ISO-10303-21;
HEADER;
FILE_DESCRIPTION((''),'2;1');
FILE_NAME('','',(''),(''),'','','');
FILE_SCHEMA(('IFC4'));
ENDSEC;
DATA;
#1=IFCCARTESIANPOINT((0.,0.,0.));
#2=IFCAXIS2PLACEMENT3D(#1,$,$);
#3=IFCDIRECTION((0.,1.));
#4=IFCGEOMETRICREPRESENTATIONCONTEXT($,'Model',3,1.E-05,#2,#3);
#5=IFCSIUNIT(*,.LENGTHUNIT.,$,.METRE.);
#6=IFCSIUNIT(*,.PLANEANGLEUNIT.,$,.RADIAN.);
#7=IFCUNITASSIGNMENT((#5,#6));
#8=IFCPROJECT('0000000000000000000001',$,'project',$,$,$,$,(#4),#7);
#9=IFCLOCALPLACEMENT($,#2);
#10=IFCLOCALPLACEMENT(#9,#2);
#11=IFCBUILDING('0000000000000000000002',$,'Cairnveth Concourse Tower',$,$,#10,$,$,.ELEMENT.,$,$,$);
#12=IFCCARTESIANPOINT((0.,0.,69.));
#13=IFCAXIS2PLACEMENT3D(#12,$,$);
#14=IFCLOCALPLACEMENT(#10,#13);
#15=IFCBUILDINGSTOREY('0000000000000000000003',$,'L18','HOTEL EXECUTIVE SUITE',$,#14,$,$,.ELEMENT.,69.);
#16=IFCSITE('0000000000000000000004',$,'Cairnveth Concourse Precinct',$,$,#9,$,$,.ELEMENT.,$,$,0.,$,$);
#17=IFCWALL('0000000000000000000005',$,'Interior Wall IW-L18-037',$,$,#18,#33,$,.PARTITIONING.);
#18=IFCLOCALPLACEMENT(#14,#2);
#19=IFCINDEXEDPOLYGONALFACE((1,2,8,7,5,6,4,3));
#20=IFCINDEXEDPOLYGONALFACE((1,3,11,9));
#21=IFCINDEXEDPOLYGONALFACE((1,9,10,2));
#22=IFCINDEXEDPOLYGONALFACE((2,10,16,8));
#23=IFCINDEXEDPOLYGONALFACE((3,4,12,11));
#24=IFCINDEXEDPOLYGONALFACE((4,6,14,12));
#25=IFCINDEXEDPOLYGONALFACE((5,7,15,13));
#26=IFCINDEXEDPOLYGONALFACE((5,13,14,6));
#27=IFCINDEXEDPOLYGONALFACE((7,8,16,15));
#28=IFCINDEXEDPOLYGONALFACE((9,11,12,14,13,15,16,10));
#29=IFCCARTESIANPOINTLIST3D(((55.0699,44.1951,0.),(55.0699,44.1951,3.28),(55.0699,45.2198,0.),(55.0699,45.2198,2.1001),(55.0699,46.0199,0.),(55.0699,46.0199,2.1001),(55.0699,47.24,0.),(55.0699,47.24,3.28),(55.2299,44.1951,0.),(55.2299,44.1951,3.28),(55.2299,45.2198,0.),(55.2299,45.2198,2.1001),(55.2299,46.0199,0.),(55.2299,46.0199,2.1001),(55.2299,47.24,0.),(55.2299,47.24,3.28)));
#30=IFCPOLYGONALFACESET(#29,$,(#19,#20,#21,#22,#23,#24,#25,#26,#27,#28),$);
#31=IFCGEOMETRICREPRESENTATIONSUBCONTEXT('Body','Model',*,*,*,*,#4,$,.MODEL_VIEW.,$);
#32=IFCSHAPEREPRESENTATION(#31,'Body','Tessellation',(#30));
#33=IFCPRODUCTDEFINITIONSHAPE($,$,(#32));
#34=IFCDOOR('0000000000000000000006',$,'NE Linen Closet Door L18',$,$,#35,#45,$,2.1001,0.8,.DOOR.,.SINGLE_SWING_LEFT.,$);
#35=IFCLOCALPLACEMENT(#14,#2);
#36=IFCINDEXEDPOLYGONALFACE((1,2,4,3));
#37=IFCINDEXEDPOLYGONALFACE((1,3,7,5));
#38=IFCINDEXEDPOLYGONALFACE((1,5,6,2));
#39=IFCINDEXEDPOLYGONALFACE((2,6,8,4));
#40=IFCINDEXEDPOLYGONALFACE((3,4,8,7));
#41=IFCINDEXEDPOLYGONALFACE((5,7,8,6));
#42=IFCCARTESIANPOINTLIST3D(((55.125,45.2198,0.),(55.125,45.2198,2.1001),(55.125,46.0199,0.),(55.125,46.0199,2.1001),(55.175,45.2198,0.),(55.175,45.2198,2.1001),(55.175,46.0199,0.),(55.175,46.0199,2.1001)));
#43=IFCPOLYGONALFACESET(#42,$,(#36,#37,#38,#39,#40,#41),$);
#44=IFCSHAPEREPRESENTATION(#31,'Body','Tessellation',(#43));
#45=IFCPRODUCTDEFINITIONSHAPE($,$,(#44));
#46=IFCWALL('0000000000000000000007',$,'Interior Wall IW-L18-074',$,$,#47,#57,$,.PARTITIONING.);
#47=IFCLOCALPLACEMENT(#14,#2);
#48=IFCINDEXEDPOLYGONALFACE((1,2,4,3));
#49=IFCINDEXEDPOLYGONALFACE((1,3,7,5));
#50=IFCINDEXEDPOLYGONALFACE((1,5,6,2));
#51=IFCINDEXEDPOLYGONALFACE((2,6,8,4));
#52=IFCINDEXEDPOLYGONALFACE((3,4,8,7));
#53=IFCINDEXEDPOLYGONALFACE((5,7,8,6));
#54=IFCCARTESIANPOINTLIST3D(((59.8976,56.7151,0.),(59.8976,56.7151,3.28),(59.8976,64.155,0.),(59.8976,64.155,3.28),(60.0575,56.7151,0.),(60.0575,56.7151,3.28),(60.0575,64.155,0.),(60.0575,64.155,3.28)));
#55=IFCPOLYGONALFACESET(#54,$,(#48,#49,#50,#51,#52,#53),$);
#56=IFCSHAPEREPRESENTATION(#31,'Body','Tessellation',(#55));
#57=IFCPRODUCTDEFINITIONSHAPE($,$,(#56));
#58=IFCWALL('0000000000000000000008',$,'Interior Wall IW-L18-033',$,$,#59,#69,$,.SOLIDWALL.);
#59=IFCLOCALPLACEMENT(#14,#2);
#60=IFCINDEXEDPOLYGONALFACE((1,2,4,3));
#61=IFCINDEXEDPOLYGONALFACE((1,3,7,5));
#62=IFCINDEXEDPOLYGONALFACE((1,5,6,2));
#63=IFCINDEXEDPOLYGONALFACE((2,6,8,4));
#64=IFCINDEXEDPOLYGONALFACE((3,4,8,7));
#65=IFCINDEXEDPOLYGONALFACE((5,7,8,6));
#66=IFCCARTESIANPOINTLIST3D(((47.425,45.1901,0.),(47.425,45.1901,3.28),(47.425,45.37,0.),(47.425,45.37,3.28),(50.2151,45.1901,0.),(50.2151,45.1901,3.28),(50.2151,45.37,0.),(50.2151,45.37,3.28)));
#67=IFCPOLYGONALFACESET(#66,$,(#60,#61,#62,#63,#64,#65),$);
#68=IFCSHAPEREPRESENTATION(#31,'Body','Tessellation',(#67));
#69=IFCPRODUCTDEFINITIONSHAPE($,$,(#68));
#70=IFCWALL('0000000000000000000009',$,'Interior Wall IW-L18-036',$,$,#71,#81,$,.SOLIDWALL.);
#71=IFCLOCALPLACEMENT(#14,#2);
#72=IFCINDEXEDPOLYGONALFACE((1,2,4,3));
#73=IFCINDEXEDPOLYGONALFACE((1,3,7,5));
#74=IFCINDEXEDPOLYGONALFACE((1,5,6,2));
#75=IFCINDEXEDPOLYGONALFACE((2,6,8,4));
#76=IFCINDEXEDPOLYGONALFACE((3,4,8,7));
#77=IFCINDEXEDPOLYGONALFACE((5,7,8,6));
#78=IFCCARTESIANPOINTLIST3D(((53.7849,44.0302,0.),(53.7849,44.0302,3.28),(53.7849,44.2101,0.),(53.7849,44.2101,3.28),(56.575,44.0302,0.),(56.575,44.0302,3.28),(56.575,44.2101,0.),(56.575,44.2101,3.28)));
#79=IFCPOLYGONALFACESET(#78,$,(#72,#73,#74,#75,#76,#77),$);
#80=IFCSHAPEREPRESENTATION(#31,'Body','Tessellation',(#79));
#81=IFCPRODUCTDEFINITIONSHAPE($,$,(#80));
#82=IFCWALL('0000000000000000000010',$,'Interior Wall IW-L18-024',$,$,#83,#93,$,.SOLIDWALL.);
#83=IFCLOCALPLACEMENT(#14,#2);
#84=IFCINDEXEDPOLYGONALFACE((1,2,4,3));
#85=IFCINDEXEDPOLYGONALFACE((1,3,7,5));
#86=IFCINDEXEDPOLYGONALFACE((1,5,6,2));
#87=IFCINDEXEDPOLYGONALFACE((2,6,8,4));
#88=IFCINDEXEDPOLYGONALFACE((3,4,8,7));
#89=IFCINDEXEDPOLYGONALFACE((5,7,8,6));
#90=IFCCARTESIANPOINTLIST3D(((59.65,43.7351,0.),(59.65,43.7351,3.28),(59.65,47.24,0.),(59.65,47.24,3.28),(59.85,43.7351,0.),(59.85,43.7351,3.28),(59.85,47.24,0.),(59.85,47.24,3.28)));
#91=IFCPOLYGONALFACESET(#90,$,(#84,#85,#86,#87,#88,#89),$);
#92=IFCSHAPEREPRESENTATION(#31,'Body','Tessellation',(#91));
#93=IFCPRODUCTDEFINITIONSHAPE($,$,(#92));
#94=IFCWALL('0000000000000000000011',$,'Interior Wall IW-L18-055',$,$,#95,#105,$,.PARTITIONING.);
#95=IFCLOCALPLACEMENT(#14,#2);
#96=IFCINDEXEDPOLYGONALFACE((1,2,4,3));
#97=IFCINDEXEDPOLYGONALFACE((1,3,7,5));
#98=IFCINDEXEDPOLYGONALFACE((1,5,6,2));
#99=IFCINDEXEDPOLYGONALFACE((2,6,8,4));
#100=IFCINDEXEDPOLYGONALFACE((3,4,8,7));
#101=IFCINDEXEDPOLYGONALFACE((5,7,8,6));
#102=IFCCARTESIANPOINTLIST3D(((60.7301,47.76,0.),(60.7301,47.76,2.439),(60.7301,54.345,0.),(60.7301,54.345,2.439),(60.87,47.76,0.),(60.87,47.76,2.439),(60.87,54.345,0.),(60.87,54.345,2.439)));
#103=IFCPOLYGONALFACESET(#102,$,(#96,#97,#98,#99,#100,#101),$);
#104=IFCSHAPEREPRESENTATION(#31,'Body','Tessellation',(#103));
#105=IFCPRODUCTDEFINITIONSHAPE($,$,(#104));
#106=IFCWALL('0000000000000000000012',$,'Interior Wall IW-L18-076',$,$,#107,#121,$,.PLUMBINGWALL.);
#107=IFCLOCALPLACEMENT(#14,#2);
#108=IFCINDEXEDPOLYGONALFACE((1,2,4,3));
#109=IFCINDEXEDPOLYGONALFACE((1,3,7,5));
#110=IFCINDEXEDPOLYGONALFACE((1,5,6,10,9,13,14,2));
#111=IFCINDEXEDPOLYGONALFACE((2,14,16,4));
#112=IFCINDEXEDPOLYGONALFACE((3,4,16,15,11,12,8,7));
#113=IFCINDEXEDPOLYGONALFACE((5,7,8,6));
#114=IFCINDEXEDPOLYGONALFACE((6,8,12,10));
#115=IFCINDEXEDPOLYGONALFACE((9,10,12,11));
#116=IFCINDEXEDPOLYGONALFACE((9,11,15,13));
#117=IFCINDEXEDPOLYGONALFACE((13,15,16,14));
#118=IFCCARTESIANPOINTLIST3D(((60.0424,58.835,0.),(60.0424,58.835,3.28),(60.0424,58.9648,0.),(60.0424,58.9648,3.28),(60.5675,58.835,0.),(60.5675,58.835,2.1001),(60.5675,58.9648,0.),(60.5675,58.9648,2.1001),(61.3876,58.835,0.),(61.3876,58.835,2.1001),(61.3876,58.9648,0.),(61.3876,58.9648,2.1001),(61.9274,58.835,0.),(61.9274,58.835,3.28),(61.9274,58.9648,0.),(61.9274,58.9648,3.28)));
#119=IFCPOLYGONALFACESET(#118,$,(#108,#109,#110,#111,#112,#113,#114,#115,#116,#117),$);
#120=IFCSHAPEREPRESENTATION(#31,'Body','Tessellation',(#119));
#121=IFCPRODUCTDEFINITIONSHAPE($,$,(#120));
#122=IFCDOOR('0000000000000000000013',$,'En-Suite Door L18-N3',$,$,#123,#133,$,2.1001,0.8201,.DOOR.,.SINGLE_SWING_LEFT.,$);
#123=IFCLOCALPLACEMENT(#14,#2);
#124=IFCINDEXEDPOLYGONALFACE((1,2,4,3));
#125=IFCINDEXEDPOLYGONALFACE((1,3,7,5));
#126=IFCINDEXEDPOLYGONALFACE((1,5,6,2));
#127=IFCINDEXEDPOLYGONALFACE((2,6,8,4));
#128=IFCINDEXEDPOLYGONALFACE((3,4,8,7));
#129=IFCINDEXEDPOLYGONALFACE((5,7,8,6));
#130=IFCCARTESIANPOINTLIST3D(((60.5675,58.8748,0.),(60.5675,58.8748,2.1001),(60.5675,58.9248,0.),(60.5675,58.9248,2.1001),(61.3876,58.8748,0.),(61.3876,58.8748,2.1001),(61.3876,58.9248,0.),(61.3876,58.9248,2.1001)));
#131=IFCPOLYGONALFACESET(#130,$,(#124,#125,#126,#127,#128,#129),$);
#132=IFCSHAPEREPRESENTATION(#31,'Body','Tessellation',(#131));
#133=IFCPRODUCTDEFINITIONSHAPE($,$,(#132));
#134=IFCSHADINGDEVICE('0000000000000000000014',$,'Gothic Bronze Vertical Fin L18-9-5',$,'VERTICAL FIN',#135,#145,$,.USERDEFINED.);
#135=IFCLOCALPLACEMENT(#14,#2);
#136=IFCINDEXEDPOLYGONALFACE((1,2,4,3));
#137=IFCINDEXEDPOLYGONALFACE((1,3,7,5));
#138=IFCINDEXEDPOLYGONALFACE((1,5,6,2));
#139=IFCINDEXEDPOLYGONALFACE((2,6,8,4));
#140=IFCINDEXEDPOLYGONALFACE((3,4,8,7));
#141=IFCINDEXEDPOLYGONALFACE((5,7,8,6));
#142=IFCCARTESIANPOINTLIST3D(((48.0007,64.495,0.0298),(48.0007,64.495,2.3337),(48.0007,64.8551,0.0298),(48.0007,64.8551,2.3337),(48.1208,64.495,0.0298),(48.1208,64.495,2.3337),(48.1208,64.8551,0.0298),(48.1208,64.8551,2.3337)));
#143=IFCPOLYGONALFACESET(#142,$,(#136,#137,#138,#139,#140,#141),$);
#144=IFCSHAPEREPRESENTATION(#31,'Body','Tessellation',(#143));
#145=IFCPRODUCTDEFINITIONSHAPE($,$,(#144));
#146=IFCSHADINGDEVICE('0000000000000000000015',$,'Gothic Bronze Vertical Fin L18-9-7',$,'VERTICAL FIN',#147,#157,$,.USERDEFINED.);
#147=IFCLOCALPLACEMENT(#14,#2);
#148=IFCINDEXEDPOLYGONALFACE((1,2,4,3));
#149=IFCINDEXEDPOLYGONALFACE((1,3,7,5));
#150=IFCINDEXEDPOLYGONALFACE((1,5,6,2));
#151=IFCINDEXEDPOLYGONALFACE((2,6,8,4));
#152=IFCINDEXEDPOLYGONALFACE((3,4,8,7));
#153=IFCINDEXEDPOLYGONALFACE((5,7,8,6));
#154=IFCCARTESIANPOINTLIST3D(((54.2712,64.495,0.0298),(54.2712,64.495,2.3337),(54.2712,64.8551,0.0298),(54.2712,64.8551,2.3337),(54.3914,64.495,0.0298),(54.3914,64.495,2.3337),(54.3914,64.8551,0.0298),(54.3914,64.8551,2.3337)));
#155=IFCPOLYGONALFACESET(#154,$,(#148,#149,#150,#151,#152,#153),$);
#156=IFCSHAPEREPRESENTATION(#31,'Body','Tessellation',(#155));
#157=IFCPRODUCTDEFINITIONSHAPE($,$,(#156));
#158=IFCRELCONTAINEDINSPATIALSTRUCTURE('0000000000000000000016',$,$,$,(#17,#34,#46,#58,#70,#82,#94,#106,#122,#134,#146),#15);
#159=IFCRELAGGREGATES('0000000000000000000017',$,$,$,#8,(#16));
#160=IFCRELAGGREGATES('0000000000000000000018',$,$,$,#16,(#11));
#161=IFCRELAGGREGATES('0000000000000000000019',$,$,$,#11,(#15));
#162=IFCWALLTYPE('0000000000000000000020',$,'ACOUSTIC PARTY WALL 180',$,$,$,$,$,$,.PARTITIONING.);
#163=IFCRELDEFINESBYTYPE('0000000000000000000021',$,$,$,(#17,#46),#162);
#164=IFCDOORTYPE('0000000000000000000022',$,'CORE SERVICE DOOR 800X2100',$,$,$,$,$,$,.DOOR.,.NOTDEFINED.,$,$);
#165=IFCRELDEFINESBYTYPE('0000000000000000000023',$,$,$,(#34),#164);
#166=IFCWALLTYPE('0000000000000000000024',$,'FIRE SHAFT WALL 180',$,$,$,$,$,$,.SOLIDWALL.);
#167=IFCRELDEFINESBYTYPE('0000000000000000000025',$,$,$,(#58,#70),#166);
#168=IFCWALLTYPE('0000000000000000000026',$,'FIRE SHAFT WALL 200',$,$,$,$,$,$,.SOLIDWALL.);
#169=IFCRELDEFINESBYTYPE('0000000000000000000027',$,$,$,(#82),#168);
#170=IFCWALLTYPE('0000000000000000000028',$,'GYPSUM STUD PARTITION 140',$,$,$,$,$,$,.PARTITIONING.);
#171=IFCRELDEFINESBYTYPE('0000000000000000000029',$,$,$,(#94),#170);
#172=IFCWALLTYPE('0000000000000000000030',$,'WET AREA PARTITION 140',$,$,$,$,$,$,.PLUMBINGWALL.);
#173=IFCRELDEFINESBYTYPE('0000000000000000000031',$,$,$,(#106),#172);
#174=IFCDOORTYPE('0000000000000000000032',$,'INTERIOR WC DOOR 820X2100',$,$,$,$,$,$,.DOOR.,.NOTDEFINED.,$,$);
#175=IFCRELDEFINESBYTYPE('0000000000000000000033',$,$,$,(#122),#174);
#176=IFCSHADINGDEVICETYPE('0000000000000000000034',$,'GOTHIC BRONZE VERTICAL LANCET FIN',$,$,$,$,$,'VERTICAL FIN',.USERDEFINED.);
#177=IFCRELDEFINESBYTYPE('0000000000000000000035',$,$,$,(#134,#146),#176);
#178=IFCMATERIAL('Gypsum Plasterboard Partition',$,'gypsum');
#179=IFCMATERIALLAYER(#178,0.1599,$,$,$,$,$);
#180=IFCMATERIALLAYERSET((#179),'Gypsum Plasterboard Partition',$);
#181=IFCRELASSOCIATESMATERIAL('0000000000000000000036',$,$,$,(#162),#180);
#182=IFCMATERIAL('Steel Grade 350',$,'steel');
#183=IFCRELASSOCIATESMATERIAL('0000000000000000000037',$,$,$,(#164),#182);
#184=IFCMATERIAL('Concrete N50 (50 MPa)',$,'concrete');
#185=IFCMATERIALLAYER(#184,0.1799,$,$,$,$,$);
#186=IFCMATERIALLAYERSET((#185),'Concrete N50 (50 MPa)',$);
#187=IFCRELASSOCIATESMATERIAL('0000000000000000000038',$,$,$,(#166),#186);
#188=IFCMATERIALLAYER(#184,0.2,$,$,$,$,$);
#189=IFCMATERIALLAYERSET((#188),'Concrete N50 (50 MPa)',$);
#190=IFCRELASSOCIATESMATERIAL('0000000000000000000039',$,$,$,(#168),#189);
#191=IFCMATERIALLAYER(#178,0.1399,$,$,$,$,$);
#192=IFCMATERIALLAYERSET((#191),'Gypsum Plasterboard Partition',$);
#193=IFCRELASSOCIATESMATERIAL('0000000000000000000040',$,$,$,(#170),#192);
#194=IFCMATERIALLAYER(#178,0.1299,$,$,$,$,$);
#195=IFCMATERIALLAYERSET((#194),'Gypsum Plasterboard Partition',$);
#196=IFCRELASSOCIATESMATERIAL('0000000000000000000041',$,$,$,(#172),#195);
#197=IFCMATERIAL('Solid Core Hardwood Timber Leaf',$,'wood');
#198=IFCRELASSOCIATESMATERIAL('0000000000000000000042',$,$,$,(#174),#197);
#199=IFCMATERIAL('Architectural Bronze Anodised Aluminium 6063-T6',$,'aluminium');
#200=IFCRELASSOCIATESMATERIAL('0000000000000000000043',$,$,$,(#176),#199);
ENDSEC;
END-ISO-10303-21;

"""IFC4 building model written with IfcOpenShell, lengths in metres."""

from ifc_helpers import new_model, si_unit, direction, frame, frame_2d, origin, origin_2d, place, context, subcontext, project, spatial, rectangle, extrude, material, layer, layer_set, type_object, element, fill, save


model = new_model("IFC4")

# Units and contexts
model_context = context("Model", 3, precision=1e-05, world=origin(), true_north=direction((0.0, 1.0)))
body_context = subcontext(model_context, "Body", "Model", "MODEL_VIEW")
ifc_project = project(units=[si_unit("LENGTHUNIT", "METRE"), si_unit("PLANEANGLEUNIT", "RADIAN")], contexts=[model_context])

# Site, building, storey
site_placement = place(None, origin())
site = spatial("IfcSite", under=ifc_project, at=site_placement, Name="Cairnveth Concourse Precinct", CompositionType="ELEMENT", RefElevation=0.0)
building_placement = place(site_placement, origin())
building = spatial("IfcBuilding", under=site, at=building_placement, Name="Cairnveth Concourse Tower", CompositionType="ELEMENT")
storey_placement = place(building_placement, frame((0.0, 0.0, 69.0)))
storey = spatial("IfcBuildingStorey", under=building, at=storey_placement, Name="L18", Description="HOTEL EXECUTIVE SUITE", CompositionType="ELEMENT", Elevation=69.0)

# Shared definitions
ifc_material_1 = material(Name="Steel Grade 350", Category="steel")

# Wall, opening, door
ifc_material_2 = material(Name="Gypsum Plasterboard Partition", Category="gypsum")
ifc_layer_1 = layer(ifc_material_2, 0.1599)
ifc_layer_set_1 = layer_set([ifc_layer_1], Name="Gypsum Plasterboard Partition")
wall_type_1 = type_object("IfcWallType", Name="ACOUSTIC PARTY WALL 180", PredefinedType="PARTITIONING", material=ifc_layer_set_1)
wall_1_placement = place(storey_placement, frame((55.1499, 44.1951, 0.0), z_axis=(0.0, 0.0, 1.0), x_axis=(0.0, 1.0, 0.0)))
wall_1 = element("IfcWall", 1, at=wall_1_placement, inside=storey, type_object=wall_type_1, Name="Interior Wall IW-L18-037", PredefinedType="PARTITIONING", context=body_context, shape_type="SweptSolid", body=[
    extrude(rectangle(XDim=3.0449, YDim=0.1599, at=frame_2d((1.5225, 0.0))), origin(), (0.0, 0.0, 1.0), 3.28),
])
opening_1_placement = place(wall_1_placement, frame((1.0249, 0.0, 0.0)))
opening_1 = element("IfcOpeningElement", 2, at=opening_1_placement, cuts=wall_1, PredefinedType="OPENING", context=body_context, shape_type="SweptSolid", body=[
    extrude(rectangle(XDim=0.8, YDim=2.1001, at=frame_2d((0.3999, 1.05))), frame((0.0, 0.0898, 0.0), z_axis=(0.0, -1.0, 0.0), x_axis=(1.0, 0.0, 0.0)), (0.0, 0.0, 1.0), 0.1799),
])
door_type_1 = type_object("IfcDoorType", Name="CORE SERVICE DOOR 800X2100", OperationType="NOTDEFINED", PredefinedType="DOOR", material=ifc_material_1)
door_1_placement = place(opening_1_placement, origin())
door_1 = element("IfcDoor", 3, at=door_1_placement, inside=storey, type_object=door_type_1, Name="NE Linen Closet Door L18", OperationType="SINGLE_SWING_LEFT", OverallHeight=2.1001, OverallWidth=0.8, PredefinedType="DOOR", context=body_context, shape_type="SweptSolid", body=[
    extrude(rectangle(XDim=0.8, YDim=2.1001, at=frame_2d((0.3999, 1.05))), frame((0.0, 0.0249, 0.0), z_axis=(0.0, -1.0, 0.0), x_axis=(1.0, 0.0, 0.0)), (0.0, 0.0, 1.0), 0.05),
])
fill(opening_1, door_1)

# Walls
wall_2_placement = place(storey_placement, frame((59.9775, 56.7151, 0.0), z_axis=(0.0, 0.0, 1.0), x_axis=(0.0, 1.0, 0.0)))
element("IfcWall", 4, at=wall_2_placement, inside=storey, type_object=wall_type_1, Name="Interior Wall IW-L18-074", PredefinedType="PARTITIONING", context=body_context, shape_type="SweptSolid", body=[
    extrude(rectangle(XDim=7.4399, YDim=0.1599, at=frame_2d((3.72, 0.0))), origin(), (0.0, 0.0, 1.0), 3.28),
])
ifc_material_3 = material(Name="Concrete N50 (50 MPa)", Category="concrete")
ifc_layer_2 = layer(ifc_material_3, 0.1799)
ifc_layer_set_2 = layer_set([ifc_layer_2], Name="Concrete N50 (50 MPa)")
wall_type_2 = type_object("IfcWallType", Name="FIRE SHAFT WALL 180", PredefinedType="SOLIDWALL", material=ifc_layer_set_2)
for number, where, z_axis, x_axis, name in (
    (5, (47.425, 45.28, 0.0), (0.0, 0.0, 1.0), (1.0, 0.0, 0.0), "Interior Wall IW-L18-033"),
    (6, (53.7849, 44.1201, 0.0), (0.0, 0.0, 1.0), (1.0, 0.0, 0.0), "Interior Wall IW-L18-036"),
):
    element("IfcWall", number, at=place(storey_placement, frame(where, z_axis=z_axis, x_axis=x_axis)), inside=storey, type_object=wall_type_2, Name=name, PredefinedType="SOLIDWALL", context=body_context, shape_type="SweptSolid", body=[
        extrude(rectangle(XDim=2.79, YDim=0.1799, at=frame_2d((1.395, 0.0))), origin(), (0.0, 0.0, 1.0), 3.28),
    ])
ifc_layer_3 = layer(ifc_material_3, 0.2)
ifc_layer_set_3 = layer_set([ifc_layer_3], Name="Concrete N50 (50 MPa)")
wall_type_3 = type_object("IfcWallType", Name="FIRE SHAFT WALL 200", PredefinedType="SOLIDWALL", material=ifc_layer_set_3)
wall_3_placement = place(storey_placement, frame((59.75, 43.7351, 0.0), z_axis=(0.0, 0.0, 1.0), x_axis=(0.0, 1.0, 0.0)))
element("IfcWall", 7, at=wall_3_placement, inside=storey, type_object=wall_type_3, Name="Interior Wall IW-L18-024", PredefinedType="SOLIDWALL", context=body_context, shape_type="SweptSolid", body=[
    extrude(rectangle(XDim=3.5049, YDim=0.2, at=frame_2d((1.7524, 0.0))), origin(), (0.0, 0.0, 1.0), 3.28),
])
ifc_layer_4 = layer(ifc_material_2, 0.1399)
ifc_layer_set_4 = layer_set([ifc_layer_4], Name="Gypsum Plasterboard Partition")
wall_type_4 = type_object("IfcWallType", Name="GYPSUM STUD PARTITION 140", PredefinedType="PARTITIONING", material=ifc_layer_set_4)
wall_4_placement = place(storey_placement, frame((60.8, 47.76, 0.0), z_axis=(0.0, 0.0, 1.0), x_axis=(0.0, 1.0, 0.0)))
element("IfcWall", 8, at=wall_4_placement, inside=storey, type_object=wall_type_4, Name="Interior Wall IW-L18-055", PredefinedType="PARTITIONING", context=body_context, shape_type="SweptSolid", body=[
    extrude(rectangle(XDim=6.585, YDim=0.1399, at=frame_2d((3.2925, 0.0))), origin(), (0.0, 0.0, 1.0), 2.439),
])

# Wall, opening, door
ifc_layer_5 = layer(ifc_material_2, 0.1299)
ifc_layer_set_5 = layer_set([ifc_layer_5], Name="Gypsum Plasterboard Partition")
wall_type_5 = type_object("IfcWallType", Name="WET AREA PARTITION 140", PredefinedType="PLUMBINGWALL", material=ifc_layer_set_5)
wall_5_placement = place(storey_placement, frame((60.0425, 58.8999, 0.0), z_axis=(0.0, 0.0, 1.0), x_axis=(1.0, 0.0, 0.0)))
wall_5 = element("IfcWall", 9, at=wall_5_placement, inside=storey, type_object=wall_type_5, Name="Interior Wall IW-L18-076", PredefinedType="PLUMBINGWALL", context=body_context, shape_type="SweptSolid", body=[
    extrude(rectangle(XDim=1.885, YDim=0.1299, at=frame_2d((0.9424, 0.0))), origin(), (0.0, 0.0, 1.0), 3.28),
])
opening_2_placement = place(wall_5_placement, frame((0.5249, 0.0, 0.0)))
opening_2 = element("IfcOpeningElement", 10, at=opening_2_placement, cuts=wall_5, PredefinedType="OPENING", context=body_context, shape_type="SweptSolid", body=[
    extrude(rectangle(XDim=0.8201, YDim=2.1001, at=frame_2d((0.4102, 1.05))), frame((0.0, 0.075, 0.0), z_axis=(0.0, -1.0, 0.0), x_axis=(1.0, 0.0, 0.0)), (0.0, 0.0, 1.0), 0.1499),
])
ifc_material_4 = material(Name="Solid Core Hardwood Timber Leaf", Category="wood")
door_type_2 = type_object("IfcDoorType", Name="INTERIOR WC DOOR 820X2100", OperationType="NOTDEFINED", PredefinedType="DOOR", material=ifc_material_4)
door_2_placement = place(opening_2_placement, origin())
door_2 = element("IfcDoor", 11, at=door_2_placement, inside=storey, type_object=door_type_2, Name="En-Suite Door L18-N3", OperationType="SINGLE_SWING_LEFT", OverallHeight=2.1001, OverallWidth=0.8201, PredefinedType="DOOR", context=body_context, shape_type="SweptSolid", body=[
    extrude(rectangle(XDim=0.8201, YDim=2.1001, at=frame_2d((0.4102, 1.05))), frame((0.0, 0.0249, 0.0), z_axis=(0.0, -1.0, 0.0), x_axis=(1.0, 0.0, 0.0)), (0.0, 0.0, 1.0), 0.05),
])
fill(opening_2, door_2)

# Shading devices
ifc_material_5 = material(Name="Architectural Bronze Anodised Aluminium 6063-T6", Category="aluminium")
shading_device_type = type_object("IfcShadingDeviceType", Name="GOTHIC BRONZE VERTICAL LANCET FIN", ElementType="VERTICAL FIN", PredefinedType="USERDEFINED", material=ifc_material_5)
for number, where, z_axis, x_axis, name in (
    (12, (48.0608, 64.675, 0.0298), (0.0, 0.0, 1.0), (1.0, 0.0, 0.0), "Gothic Bronze Vertical Fin L18-9-5"),
    (13, (54.3313, 64.675, 0.0298), (0.0, 0.0, 1.0), (1.0, 0.0, 0.0), "Gothic Bronze Vertical Fin L18-9-7"),
):
    element("IfcShadingDevice", number, at=place(storey_placement, frame(where, z_axis=z_axis, x_axis=x_axis)), inside=storey, type_object=shading_device_type, Name=name, ObjectType="VERTICAL FIN", PredefinedType="USERDEFINED", context=body_context, shape_type="SweptSolid", body=[
        extrude(rectangle(XDim=0.1201, YDim=0.3601, at=origin_2d()), origin(), (0.0, 0.0, 1.0), 2.304),
    ])

save(model, "model.ifc")
